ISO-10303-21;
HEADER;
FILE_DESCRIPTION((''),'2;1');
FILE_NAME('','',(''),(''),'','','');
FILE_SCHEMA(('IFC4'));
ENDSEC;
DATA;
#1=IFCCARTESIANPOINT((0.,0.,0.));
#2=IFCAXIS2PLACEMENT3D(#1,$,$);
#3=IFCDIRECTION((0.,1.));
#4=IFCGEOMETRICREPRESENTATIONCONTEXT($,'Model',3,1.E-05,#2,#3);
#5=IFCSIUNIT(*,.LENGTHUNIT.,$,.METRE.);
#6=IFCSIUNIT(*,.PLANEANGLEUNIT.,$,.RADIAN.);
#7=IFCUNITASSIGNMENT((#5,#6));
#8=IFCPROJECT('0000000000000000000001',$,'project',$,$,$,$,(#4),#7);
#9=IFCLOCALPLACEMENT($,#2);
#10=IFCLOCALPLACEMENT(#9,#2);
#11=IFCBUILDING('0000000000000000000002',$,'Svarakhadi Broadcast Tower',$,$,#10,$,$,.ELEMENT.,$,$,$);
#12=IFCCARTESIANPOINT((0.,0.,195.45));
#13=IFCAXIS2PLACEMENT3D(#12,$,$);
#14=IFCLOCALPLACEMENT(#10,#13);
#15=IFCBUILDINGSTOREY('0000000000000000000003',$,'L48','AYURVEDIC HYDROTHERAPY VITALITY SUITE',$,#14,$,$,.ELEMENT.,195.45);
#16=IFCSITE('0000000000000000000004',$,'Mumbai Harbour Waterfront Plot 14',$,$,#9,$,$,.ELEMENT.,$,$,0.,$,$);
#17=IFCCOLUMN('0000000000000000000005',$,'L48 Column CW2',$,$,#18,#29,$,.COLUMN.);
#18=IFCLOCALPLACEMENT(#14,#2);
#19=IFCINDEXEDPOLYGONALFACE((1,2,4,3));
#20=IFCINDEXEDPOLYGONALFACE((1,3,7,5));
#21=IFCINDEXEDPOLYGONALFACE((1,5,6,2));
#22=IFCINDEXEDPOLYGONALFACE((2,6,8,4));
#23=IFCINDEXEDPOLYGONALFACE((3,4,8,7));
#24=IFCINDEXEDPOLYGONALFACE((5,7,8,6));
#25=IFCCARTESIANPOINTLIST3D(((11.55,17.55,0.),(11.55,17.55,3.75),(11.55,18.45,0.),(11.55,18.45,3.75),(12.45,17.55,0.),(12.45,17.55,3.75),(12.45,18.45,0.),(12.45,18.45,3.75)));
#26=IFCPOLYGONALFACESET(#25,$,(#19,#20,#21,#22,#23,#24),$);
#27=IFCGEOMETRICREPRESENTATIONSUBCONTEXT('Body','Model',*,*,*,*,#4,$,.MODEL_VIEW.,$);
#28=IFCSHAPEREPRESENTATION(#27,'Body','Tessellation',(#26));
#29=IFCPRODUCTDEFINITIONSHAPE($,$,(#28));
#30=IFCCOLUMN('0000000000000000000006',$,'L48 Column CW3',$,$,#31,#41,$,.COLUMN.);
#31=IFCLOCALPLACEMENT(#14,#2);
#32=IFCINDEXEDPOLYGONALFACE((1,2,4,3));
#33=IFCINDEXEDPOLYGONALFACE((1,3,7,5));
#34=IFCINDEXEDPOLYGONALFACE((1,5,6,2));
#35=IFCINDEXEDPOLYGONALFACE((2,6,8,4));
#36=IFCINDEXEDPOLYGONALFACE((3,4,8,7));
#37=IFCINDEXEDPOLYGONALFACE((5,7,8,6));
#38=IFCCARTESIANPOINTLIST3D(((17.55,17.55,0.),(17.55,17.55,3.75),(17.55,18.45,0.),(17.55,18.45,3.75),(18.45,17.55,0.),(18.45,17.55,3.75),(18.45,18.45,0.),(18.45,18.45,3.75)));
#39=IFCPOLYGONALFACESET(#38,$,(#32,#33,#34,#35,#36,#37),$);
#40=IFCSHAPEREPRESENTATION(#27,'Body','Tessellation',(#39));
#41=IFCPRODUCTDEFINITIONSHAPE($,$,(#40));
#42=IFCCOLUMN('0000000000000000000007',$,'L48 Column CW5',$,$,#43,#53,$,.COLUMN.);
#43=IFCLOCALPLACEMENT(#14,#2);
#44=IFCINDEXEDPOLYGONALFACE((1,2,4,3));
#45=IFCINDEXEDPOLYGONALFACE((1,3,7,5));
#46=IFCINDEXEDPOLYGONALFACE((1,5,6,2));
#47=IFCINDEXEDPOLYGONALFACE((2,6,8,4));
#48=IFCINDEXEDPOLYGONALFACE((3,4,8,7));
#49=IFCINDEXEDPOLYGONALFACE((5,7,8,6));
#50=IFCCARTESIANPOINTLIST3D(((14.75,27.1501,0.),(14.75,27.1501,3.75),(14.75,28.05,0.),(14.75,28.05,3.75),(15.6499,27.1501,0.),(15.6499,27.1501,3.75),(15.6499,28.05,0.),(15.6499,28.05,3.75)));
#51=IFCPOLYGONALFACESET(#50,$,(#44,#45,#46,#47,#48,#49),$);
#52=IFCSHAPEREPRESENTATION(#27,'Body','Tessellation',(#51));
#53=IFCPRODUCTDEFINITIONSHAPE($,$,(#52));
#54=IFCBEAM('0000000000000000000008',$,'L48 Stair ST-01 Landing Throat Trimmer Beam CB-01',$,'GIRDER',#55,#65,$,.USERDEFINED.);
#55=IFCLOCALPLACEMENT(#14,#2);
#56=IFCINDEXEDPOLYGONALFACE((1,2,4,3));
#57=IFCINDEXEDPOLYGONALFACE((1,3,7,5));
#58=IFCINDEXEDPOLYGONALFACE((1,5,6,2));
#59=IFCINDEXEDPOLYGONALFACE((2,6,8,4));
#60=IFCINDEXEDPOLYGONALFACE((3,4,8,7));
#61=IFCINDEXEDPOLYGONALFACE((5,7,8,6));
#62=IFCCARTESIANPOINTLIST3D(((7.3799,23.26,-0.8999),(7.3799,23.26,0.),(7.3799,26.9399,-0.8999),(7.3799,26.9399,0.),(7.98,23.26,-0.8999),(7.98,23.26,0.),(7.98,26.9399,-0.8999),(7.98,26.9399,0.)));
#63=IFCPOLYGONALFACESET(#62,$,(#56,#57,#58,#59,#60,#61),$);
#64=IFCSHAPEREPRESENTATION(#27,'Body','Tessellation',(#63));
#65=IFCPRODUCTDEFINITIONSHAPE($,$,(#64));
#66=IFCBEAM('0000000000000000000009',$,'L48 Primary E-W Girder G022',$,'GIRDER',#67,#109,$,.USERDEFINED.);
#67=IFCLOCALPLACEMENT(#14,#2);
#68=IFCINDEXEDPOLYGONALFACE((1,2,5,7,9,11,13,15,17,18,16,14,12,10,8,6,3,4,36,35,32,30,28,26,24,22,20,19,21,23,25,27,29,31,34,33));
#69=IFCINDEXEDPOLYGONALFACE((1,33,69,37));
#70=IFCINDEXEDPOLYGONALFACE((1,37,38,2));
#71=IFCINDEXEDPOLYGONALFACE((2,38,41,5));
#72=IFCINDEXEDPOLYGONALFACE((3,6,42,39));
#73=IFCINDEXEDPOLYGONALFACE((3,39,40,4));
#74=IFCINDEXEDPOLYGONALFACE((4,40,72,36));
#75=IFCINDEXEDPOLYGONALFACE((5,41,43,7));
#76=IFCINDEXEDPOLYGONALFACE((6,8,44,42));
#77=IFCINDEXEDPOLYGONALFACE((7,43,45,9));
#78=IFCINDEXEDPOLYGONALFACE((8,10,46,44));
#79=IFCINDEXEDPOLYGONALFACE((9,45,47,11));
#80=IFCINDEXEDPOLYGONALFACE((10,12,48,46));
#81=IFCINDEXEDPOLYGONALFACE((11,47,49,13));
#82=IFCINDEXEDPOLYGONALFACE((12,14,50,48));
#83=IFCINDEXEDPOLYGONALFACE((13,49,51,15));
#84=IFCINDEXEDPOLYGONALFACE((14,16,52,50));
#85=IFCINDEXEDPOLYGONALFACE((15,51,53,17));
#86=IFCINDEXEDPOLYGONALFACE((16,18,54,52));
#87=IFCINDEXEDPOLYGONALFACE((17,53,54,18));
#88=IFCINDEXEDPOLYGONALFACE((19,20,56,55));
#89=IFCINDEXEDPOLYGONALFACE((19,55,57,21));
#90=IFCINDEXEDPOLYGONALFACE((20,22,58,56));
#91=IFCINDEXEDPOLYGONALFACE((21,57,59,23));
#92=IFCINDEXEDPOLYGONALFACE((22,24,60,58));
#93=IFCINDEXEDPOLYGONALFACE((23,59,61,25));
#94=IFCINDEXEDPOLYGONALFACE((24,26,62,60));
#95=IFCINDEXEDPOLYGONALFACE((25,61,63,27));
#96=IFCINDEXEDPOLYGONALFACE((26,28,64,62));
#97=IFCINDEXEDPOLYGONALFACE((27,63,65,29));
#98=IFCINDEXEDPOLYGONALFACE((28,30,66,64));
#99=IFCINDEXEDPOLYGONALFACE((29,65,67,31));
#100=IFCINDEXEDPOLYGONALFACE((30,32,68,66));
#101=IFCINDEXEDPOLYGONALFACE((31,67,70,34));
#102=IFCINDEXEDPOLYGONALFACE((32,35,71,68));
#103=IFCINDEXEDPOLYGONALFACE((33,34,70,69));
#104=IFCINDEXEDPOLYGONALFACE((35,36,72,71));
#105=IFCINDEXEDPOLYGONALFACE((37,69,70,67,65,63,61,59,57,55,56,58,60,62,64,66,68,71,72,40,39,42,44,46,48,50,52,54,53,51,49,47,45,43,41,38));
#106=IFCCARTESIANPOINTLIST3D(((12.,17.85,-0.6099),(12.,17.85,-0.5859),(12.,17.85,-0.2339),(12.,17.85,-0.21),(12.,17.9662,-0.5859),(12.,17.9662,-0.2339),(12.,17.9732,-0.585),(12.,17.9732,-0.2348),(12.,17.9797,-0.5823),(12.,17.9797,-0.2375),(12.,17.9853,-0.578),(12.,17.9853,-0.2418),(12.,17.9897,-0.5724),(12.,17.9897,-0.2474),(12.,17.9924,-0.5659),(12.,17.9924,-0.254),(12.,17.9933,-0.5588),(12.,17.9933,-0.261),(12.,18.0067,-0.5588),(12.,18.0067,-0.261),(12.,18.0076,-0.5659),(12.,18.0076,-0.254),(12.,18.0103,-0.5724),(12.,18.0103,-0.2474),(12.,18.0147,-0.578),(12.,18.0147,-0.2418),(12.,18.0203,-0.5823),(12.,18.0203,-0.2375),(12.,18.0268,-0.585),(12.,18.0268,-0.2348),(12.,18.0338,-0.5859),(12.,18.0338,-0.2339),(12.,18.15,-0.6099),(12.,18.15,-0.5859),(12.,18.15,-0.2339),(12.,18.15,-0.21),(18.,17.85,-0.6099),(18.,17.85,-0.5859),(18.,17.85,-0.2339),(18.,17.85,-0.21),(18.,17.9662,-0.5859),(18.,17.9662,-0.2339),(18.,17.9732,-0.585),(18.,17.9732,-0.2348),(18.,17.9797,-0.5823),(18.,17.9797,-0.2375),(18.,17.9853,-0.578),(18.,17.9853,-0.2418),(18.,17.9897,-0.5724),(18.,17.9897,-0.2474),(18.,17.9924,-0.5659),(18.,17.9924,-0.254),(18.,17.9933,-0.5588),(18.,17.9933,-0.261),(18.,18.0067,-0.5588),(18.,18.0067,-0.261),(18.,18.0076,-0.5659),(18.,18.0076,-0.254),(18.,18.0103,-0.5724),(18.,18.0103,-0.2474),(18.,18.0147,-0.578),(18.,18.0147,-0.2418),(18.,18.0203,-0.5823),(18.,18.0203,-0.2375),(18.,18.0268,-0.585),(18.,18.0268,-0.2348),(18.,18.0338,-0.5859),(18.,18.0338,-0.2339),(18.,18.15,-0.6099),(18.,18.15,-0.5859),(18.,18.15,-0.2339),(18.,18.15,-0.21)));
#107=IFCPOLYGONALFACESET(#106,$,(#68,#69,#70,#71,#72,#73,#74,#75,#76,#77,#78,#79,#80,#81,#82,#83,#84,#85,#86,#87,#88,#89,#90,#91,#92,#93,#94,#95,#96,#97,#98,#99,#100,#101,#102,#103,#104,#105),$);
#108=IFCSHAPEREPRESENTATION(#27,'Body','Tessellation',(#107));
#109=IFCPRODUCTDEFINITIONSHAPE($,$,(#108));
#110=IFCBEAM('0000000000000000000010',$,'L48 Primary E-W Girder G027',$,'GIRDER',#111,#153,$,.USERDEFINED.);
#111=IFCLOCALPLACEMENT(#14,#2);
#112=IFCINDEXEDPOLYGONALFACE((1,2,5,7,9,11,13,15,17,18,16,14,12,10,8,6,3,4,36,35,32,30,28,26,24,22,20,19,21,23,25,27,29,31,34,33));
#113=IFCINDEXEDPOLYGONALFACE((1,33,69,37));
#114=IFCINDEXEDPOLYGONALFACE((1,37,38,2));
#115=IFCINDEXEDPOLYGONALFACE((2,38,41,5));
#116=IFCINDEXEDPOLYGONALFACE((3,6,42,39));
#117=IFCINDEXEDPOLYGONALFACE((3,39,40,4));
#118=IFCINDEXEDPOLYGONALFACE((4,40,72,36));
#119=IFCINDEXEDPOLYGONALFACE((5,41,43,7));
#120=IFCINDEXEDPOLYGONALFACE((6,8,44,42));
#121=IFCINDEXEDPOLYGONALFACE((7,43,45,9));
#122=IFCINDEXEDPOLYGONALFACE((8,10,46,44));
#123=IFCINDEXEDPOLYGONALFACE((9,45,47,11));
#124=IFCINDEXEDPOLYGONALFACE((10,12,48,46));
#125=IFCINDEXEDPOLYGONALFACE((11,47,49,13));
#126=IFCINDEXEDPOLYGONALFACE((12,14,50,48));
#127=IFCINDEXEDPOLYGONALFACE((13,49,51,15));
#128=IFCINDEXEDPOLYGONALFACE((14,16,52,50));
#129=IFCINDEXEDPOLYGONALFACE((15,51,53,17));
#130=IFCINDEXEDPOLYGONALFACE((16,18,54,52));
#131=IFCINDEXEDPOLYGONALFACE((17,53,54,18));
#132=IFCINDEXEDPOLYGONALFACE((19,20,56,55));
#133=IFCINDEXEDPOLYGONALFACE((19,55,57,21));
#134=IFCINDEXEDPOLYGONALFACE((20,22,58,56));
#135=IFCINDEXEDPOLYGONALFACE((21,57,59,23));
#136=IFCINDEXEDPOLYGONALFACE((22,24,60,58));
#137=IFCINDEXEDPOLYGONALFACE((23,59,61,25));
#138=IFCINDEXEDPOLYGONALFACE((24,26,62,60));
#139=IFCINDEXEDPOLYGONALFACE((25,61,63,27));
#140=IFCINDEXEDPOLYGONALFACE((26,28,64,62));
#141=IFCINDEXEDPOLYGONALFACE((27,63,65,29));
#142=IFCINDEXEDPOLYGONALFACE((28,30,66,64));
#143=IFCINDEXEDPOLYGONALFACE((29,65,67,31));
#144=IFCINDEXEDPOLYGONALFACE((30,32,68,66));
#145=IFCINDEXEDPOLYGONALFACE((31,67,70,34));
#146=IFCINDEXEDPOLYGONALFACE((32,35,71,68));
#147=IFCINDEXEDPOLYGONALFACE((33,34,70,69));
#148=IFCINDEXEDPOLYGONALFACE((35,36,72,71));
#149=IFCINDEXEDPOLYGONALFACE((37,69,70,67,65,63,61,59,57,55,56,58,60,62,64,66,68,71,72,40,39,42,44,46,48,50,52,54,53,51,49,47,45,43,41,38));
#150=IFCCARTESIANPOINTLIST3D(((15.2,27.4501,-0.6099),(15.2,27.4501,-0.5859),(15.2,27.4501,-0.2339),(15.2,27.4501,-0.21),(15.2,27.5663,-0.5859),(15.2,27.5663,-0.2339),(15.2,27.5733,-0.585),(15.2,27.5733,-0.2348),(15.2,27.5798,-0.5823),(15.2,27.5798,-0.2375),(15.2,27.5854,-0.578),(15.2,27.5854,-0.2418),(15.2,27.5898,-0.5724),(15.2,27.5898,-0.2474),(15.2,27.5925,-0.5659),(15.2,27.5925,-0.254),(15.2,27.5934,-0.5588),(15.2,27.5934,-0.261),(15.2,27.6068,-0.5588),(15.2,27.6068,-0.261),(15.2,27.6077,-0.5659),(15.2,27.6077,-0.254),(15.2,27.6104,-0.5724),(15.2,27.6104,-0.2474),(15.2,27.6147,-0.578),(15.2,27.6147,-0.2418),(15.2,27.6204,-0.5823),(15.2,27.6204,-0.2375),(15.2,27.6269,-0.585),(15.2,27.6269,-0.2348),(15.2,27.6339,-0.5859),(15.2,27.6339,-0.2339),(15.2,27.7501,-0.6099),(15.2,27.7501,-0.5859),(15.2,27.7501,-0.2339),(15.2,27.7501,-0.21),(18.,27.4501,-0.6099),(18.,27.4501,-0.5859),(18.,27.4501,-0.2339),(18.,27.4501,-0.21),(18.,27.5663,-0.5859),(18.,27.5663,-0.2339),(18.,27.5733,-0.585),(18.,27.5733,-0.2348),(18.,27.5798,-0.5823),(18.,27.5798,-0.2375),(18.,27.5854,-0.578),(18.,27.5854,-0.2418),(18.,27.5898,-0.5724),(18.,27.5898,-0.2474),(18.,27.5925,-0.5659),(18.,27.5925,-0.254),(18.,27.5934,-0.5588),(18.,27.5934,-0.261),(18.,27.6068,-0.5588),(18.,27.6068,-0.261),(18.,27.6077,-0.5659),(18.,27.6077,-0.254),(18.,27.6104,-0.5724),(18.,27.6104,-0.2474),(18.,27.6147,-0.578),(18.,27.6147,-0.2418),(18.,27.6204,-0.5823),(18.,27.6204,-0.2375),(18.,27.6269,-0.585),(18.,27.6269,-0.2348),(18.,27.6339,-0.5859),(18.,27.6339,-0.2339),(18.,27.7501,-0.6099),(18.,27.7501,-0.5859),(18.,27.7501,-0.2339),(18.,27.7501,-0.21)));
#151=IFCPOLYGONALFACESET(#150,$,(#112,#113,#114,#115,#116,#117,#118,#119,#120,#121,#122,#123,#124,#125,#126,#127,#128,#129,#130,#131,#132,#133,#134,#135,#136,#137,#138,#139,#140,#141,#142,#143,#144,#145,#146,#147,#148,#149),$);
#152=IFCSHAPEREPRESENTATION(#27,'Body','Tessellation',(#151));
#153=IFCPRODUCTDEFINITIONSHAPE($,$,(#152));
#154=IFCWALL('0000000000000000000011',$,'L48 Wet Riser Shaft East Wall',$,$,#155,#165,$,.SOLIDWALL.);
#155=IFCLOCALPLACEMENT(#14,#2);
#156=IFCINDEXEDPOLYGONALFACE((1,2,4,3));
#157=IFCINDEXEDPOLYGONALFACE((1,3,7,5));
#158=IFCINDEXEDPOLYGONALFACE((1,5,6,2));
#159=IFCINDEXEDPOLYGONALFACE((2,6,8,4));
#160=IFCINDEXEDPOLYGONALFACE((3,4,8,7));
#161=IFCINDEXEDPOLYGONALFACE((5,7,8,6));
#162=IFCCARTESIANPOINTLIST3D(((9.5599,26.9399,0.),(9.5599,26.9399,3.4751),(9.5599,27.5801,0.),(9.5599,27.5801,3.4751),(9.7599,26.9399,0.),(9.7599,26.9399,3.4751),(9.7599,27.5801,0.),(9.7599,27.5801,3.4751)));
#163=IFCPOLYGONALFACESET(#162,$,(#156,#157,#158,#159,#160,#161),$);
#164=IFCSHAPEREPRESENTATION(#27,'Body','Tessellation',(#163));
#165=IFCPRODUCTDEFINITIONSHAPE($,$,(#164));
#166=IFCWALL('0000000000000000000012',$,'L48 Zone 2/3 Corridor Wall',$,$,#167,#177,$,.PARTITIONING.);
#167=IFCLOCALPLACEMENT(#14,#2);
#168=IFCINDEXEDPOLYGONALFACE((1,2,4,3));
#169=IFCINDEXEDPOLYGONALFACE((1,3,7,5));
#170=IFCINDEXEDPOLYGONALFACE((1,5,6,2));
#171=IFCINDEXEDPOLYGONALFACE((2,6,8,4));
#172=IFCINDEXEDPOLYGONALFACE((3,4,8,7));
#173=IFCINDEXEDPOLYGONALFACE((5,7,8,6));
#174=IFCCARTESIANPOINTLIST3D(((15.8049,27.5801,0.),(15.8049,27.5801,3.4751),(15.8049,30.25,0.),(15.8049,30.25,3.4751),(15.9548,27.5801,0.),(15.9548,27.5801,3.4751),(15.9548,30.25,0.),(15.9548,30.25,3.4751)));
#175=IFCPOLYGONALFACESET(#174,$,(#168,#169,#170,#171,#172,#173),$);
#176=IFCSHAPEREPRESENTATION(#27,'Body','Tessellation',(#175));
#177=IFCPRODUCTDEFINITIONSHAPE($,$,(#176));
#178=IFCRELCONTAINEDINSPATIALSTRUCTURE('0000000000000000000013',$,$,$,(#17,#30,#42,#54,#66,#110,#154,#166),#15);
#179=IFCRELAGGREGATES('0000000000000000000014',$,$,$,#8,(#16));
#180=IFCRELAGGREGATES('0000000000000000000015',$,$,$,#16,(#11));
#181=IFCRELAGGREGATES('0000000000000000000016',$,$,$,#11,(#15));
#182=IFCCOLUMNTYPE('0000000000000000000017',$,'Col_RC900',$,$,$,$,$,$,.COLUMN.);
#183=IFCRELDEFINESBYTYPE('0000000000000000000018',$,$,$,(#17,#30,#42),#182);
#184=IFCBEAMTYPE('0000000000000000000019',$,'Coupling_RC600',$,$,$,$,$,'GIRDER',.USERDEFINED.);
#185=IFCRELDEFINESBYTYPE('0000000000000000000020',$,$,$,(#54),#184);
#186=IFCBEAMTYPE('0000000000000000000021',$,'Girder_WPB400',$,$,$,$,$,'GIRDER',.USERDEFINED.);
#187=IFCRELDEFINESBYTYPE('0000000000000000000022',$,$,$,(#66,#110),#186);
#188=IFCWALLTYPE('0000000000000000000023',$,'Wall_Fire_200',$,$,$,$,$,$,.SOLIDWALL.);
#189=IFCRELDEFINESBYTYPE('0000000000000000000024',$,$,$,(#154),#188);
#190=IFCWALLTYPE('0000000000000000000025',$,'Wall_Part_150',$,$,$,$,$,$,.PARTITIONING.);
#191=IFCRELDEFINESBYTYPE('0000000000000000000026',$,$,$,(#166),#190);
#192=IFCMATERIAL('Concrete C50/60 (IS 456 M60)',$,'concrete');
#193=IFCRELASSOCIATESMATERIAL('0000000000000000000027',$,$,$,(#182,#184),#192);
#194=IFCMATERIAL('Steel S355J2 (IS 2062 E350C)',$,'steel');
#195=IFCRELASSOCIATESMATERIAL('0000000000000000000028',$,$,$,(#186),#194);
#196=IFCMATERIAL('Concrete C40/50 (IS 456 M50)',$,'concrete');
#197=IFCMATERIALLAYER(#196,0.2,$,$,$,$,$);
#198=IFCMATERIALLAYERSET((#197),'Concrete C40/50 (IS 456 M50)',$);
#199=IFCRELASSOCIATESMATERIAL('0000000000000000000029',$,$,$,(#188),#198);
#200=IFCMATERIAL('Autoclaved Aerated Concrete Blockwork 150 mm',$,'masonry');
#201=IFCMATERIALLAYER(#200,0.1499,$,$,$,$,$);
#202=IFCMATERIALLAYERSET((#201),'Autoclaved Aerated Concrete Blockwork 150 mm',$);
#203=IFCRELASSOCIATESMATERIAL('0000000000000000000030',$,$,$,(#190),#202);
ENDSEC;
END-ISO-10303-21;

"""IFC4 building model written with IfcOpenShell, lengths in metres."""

from ifc_helpers import new_model, si_unit, direction, frame, frame_2d, origin, origin_2d, place, context, subcontext, project, spatial, rectangle, i_section, extrude, material, layer, layer_set, material_profile, profile_set, type_object, element, save


model = new_model("IFC4")

# Units and contexts
model_context = context("Model", 3, precision=1e-05, world=origin(), true_north=direction((0.0, 1.0)))
body_context = subcontext(model_context, "Body", "Model", "MODEL_VIEW")
ifc_project = project(units=[si_unit("LENGTHUNIT", "METRE"), si_unit("PLANEANGLEUNIT", "RADIAN")], contexts=[model_context])

# Site, building, storey
site_placement = place(None, origin())
site = spatial("IfcSite", under=ifc_project, at=site_placement, Name="Mumbai Harbour Waterfront Plot 14", CompositionType="ELEMENT", RefElevation=0.0)
building_placement = place(site_placement, origin())
building = spatial("IfcBuilding", under=site, at=building_placement, Name="Svarakhadi Broadcast Tower", CompositionType="ELEMENT")
storey_placement = place(building_placement, frame((0.0, 0.0, 195.45)))
storey = spatial("IfcBuildingStorey", under=building, at=storey_placement, Name="L48", Description="AYURVEDIC HYDROTHERAPY VITALITY SUITE", CompositionType="ELEMENT", Elevation=195.45)

# Columns
ifc_material_1 = material(Name="Concrete C50/60 (IS 456 M60)", Category="concrete")
ifc_material_profile_1 = material_profile(ifc_material_1, rectangle(XDim=0.8999, YDim=0.8999, at=origin_2d()), Name="RC 900x900")
ifc_profile_set_1 = profile_set([ifc_material_profile_1], Name="Concrete C50/60 (IS 456 M60)")
column_type = type_object("IfcColumnType", Name="Col_RC900", PredefinedType="COLUMN", material=ifc_profile_set_1)
for number, where, z_axis, x_axis, name in (
    (1, (12.0, 18.0, 0.0), (0.0, 0.0, 1.0), (1.0, 0.0, 0.0), "L48 Column CW2"),
    (2, (18.0, 18.0, 0.0), (0.0, 0.0, 1.0), (1.0, 0.0, 0.0), "L48 Column CW3"),
    (3, (15.2, 27.6001, 0.0), (0.0, 0.0, 1.0), (1.0, 0.0, 0.0), "L48 Column CW5"),
):
    element("IfcColumn", number, at=place(storey_placement, frame(where, z_axis=z_axis, x_axis=x_axis)), inside=storey, type_object=column_type, Name=name, PredefinedType="COLUMN", context=body_context, shape_type="SweptSolid", body=[
        extrude(rectangle(XDim=0.8999, YDim=0.8999, at=origin_2d()), origin(), (0.0, 0.0, 1.0), 3.75),
    ])

# Beams
ifc_material_profile_2 = material_profile(ifc_material_1, rectangle(XDim=0.6001, YDim=0.8999, at=origin_2d()), Name="RC 600x900")
ifc_profile_set_2 = profile_set([ifc_material_profile_2], Name="Concrete C50/60 (IS 456 M60)")
beam_type_1 = type_object("IfcBeamType", Name="Coupling_RC600", ElementType="GIRDER", PredefinedType="USERDEFINED", material=ifc_profile_set_2)
beam_1_placement = place(storey_placement, frame((7.6799, 23.26, -0.45), z_axis=(0.0, 1.0, 0.0), x_axis=(-1.0, 0.0, 0.0)))
element("IfcBeam", 4, at=beam_1_placement, inside=storey, type_object=beam_type_1, Name="L48 Stair ST-01 Landing Throat Trimmer Beam CB-01", ObjectType="GIRDER", PredefinedType="USERDEFINED", context=body_context, shape_type="SweptSolid", body=[
    extrude(rectangle(XDim=0.6001, YDim=0.8999, at=origin_2d()), origin(), (0.0, 0.0, 1.0), 3.6799),
])
ifc_material_2 = material(Name="Steel S355J2 (IS 2062 E350C)", Category="steel")
ifc_material_profile_3 = material_profile(ifc_material_2, i_section(OverallWidth=0.3, OverallDepth=0.3999, WebThickness=0.0134, FlangeThickness=0.0239, FilletRadius=0.0271, at=origin_2d()), Name="WPB 400x300x155")
ifc_profile_set_3 = profile_set([ifc_material_profile_3], Name="Steel S355J2 (IS 2062 E350C)")
beam_type_2 = type_object("IfcBeamType", Name="Girder_WPB400", ElementType="GIRDER", PredefinedType="USERDEFINED", material=ifc_profile_set_3)
beam_2_placement = place(storey_placement, frame((12.0, 18.0, -0.4099), z_axis=(1.0, 0.0, 0.0), x_axis=(0.0, 1.0, 0.0)))
element("IfcBeam", 5, at=beam_2_placement, inside=storey, type_object=beam_type_2, Name="L48 Primary E-W Girder G022", ObjectType="GIRDER", PredefinedType="USERDEFINED", context=body_context, shape_type="SweptSolid", body=[
    extrude(i_section(OverallWidth=0.3, OverallDepth=0.3999, WebThickness=0.0134, FlangeThickness=0.0239, FilletRadius=0.0271, at=origin_2d()), origin(), (0.0, 0.0, 1.0), 6.0),
])
beam_3_placement = place(storey_placement, frame((15.2, 27.6001, -0.4099), z_axis=(1.0, 0.0, 0.0), x_axis=(0.0, 1.0, 0.0)))
element("IfcBeam", 6, at=beam_3_placement, inside=storey, type_object=beam_type_2, Name="L48 Primary E-W Girder G027", ObjectType="GIRDER", PredefinedType="USERDEFINED", context=body_context, shape_type="SweptSolid", body=[
    extrude(i_section(OverallWidth=0.3, OverallDepth=0.3999, WebThickness=0.0134, FlangeThickness=0.0239, FilletRadius=0.0271, at=origin_2d()), origin(), (0.0, 0.0, 1.0), 2.8),
])

# Walls
ifc_material_3 = material(Name="Concrete C40/50 (IS 456 M50)", Category="concrete")
ifc_layer_1 = layer(ifc_material_3, 0.2)
ifc_layer_set_1 = layer_set([ifc_layer_1], Name="Concrete C40/50 (IS 456 M50)")
wall_type_1 = type_object("IfcWallType", Name="Wall_Fire_200", PredefinedType="SOLIDWALL", material=ifc_layer_set_1)
wall_1_placement = place(storey_placement, frame((9.6599, 26.9399, 0.0), z_axis=(0.0, 0.0, 1.0), x_axis=(0.0, 1.0, 0.0)))
element("IfcWall", 7, at=wall_1_placement, inside=storey, type_object=wall_type_1, Name="L48 Wet Riser Shaft East Wall", PredefinedType="SOLIDWALL", context=body_context, shape_type="SweptSolid", body=[
    extrude(rectangle(XDim=0.6401, YDim=0.2, at=frame_2d((0.3201, 0.0))), origin(), (0.0, 0.0, 1.0), 3.4751),
])
ifc_material_4 = material(Name="Autoclaved Aerated Concrete Blockwork 150 mm", Category="masonry")
ifc_layer_2 = layer(ifc_material_4, 0.1499)
ifc_layer_set_2 = layer_set([ifc_layer_2], Name="Autoclaved Aerated Concrete Blockwork 150 mm")
wall_type_2 = type_object("IfcWallType", Name="Wall_Part_150", PredefinedType="PARTITIONING", material=ifc_layer_set_2)
wall_2_placement = place(storey_placement, frame((15.8799, 27.5801, 0.0), z_axis=(0.0, 0.0, 1.0), x_axis=(0.0, 1.0, 0.0)))
element("IfcWall", 8, at=wall_2_placement, inside=storey, type_object=wall_type_2, Name="L48 Zone 2/3 Corridor Wall", PredefinedType="PARTITIONING", context=body_context, shape_type="SweptSolid", body=[
    extrude(rectangle(XDim=2.6699, YDim=0.1499, at=frame_2d((1.335, 0.0))), origin(), (0.0, 0.0, 1.0), 3.4751),
])

save(model, "model.ifc")
